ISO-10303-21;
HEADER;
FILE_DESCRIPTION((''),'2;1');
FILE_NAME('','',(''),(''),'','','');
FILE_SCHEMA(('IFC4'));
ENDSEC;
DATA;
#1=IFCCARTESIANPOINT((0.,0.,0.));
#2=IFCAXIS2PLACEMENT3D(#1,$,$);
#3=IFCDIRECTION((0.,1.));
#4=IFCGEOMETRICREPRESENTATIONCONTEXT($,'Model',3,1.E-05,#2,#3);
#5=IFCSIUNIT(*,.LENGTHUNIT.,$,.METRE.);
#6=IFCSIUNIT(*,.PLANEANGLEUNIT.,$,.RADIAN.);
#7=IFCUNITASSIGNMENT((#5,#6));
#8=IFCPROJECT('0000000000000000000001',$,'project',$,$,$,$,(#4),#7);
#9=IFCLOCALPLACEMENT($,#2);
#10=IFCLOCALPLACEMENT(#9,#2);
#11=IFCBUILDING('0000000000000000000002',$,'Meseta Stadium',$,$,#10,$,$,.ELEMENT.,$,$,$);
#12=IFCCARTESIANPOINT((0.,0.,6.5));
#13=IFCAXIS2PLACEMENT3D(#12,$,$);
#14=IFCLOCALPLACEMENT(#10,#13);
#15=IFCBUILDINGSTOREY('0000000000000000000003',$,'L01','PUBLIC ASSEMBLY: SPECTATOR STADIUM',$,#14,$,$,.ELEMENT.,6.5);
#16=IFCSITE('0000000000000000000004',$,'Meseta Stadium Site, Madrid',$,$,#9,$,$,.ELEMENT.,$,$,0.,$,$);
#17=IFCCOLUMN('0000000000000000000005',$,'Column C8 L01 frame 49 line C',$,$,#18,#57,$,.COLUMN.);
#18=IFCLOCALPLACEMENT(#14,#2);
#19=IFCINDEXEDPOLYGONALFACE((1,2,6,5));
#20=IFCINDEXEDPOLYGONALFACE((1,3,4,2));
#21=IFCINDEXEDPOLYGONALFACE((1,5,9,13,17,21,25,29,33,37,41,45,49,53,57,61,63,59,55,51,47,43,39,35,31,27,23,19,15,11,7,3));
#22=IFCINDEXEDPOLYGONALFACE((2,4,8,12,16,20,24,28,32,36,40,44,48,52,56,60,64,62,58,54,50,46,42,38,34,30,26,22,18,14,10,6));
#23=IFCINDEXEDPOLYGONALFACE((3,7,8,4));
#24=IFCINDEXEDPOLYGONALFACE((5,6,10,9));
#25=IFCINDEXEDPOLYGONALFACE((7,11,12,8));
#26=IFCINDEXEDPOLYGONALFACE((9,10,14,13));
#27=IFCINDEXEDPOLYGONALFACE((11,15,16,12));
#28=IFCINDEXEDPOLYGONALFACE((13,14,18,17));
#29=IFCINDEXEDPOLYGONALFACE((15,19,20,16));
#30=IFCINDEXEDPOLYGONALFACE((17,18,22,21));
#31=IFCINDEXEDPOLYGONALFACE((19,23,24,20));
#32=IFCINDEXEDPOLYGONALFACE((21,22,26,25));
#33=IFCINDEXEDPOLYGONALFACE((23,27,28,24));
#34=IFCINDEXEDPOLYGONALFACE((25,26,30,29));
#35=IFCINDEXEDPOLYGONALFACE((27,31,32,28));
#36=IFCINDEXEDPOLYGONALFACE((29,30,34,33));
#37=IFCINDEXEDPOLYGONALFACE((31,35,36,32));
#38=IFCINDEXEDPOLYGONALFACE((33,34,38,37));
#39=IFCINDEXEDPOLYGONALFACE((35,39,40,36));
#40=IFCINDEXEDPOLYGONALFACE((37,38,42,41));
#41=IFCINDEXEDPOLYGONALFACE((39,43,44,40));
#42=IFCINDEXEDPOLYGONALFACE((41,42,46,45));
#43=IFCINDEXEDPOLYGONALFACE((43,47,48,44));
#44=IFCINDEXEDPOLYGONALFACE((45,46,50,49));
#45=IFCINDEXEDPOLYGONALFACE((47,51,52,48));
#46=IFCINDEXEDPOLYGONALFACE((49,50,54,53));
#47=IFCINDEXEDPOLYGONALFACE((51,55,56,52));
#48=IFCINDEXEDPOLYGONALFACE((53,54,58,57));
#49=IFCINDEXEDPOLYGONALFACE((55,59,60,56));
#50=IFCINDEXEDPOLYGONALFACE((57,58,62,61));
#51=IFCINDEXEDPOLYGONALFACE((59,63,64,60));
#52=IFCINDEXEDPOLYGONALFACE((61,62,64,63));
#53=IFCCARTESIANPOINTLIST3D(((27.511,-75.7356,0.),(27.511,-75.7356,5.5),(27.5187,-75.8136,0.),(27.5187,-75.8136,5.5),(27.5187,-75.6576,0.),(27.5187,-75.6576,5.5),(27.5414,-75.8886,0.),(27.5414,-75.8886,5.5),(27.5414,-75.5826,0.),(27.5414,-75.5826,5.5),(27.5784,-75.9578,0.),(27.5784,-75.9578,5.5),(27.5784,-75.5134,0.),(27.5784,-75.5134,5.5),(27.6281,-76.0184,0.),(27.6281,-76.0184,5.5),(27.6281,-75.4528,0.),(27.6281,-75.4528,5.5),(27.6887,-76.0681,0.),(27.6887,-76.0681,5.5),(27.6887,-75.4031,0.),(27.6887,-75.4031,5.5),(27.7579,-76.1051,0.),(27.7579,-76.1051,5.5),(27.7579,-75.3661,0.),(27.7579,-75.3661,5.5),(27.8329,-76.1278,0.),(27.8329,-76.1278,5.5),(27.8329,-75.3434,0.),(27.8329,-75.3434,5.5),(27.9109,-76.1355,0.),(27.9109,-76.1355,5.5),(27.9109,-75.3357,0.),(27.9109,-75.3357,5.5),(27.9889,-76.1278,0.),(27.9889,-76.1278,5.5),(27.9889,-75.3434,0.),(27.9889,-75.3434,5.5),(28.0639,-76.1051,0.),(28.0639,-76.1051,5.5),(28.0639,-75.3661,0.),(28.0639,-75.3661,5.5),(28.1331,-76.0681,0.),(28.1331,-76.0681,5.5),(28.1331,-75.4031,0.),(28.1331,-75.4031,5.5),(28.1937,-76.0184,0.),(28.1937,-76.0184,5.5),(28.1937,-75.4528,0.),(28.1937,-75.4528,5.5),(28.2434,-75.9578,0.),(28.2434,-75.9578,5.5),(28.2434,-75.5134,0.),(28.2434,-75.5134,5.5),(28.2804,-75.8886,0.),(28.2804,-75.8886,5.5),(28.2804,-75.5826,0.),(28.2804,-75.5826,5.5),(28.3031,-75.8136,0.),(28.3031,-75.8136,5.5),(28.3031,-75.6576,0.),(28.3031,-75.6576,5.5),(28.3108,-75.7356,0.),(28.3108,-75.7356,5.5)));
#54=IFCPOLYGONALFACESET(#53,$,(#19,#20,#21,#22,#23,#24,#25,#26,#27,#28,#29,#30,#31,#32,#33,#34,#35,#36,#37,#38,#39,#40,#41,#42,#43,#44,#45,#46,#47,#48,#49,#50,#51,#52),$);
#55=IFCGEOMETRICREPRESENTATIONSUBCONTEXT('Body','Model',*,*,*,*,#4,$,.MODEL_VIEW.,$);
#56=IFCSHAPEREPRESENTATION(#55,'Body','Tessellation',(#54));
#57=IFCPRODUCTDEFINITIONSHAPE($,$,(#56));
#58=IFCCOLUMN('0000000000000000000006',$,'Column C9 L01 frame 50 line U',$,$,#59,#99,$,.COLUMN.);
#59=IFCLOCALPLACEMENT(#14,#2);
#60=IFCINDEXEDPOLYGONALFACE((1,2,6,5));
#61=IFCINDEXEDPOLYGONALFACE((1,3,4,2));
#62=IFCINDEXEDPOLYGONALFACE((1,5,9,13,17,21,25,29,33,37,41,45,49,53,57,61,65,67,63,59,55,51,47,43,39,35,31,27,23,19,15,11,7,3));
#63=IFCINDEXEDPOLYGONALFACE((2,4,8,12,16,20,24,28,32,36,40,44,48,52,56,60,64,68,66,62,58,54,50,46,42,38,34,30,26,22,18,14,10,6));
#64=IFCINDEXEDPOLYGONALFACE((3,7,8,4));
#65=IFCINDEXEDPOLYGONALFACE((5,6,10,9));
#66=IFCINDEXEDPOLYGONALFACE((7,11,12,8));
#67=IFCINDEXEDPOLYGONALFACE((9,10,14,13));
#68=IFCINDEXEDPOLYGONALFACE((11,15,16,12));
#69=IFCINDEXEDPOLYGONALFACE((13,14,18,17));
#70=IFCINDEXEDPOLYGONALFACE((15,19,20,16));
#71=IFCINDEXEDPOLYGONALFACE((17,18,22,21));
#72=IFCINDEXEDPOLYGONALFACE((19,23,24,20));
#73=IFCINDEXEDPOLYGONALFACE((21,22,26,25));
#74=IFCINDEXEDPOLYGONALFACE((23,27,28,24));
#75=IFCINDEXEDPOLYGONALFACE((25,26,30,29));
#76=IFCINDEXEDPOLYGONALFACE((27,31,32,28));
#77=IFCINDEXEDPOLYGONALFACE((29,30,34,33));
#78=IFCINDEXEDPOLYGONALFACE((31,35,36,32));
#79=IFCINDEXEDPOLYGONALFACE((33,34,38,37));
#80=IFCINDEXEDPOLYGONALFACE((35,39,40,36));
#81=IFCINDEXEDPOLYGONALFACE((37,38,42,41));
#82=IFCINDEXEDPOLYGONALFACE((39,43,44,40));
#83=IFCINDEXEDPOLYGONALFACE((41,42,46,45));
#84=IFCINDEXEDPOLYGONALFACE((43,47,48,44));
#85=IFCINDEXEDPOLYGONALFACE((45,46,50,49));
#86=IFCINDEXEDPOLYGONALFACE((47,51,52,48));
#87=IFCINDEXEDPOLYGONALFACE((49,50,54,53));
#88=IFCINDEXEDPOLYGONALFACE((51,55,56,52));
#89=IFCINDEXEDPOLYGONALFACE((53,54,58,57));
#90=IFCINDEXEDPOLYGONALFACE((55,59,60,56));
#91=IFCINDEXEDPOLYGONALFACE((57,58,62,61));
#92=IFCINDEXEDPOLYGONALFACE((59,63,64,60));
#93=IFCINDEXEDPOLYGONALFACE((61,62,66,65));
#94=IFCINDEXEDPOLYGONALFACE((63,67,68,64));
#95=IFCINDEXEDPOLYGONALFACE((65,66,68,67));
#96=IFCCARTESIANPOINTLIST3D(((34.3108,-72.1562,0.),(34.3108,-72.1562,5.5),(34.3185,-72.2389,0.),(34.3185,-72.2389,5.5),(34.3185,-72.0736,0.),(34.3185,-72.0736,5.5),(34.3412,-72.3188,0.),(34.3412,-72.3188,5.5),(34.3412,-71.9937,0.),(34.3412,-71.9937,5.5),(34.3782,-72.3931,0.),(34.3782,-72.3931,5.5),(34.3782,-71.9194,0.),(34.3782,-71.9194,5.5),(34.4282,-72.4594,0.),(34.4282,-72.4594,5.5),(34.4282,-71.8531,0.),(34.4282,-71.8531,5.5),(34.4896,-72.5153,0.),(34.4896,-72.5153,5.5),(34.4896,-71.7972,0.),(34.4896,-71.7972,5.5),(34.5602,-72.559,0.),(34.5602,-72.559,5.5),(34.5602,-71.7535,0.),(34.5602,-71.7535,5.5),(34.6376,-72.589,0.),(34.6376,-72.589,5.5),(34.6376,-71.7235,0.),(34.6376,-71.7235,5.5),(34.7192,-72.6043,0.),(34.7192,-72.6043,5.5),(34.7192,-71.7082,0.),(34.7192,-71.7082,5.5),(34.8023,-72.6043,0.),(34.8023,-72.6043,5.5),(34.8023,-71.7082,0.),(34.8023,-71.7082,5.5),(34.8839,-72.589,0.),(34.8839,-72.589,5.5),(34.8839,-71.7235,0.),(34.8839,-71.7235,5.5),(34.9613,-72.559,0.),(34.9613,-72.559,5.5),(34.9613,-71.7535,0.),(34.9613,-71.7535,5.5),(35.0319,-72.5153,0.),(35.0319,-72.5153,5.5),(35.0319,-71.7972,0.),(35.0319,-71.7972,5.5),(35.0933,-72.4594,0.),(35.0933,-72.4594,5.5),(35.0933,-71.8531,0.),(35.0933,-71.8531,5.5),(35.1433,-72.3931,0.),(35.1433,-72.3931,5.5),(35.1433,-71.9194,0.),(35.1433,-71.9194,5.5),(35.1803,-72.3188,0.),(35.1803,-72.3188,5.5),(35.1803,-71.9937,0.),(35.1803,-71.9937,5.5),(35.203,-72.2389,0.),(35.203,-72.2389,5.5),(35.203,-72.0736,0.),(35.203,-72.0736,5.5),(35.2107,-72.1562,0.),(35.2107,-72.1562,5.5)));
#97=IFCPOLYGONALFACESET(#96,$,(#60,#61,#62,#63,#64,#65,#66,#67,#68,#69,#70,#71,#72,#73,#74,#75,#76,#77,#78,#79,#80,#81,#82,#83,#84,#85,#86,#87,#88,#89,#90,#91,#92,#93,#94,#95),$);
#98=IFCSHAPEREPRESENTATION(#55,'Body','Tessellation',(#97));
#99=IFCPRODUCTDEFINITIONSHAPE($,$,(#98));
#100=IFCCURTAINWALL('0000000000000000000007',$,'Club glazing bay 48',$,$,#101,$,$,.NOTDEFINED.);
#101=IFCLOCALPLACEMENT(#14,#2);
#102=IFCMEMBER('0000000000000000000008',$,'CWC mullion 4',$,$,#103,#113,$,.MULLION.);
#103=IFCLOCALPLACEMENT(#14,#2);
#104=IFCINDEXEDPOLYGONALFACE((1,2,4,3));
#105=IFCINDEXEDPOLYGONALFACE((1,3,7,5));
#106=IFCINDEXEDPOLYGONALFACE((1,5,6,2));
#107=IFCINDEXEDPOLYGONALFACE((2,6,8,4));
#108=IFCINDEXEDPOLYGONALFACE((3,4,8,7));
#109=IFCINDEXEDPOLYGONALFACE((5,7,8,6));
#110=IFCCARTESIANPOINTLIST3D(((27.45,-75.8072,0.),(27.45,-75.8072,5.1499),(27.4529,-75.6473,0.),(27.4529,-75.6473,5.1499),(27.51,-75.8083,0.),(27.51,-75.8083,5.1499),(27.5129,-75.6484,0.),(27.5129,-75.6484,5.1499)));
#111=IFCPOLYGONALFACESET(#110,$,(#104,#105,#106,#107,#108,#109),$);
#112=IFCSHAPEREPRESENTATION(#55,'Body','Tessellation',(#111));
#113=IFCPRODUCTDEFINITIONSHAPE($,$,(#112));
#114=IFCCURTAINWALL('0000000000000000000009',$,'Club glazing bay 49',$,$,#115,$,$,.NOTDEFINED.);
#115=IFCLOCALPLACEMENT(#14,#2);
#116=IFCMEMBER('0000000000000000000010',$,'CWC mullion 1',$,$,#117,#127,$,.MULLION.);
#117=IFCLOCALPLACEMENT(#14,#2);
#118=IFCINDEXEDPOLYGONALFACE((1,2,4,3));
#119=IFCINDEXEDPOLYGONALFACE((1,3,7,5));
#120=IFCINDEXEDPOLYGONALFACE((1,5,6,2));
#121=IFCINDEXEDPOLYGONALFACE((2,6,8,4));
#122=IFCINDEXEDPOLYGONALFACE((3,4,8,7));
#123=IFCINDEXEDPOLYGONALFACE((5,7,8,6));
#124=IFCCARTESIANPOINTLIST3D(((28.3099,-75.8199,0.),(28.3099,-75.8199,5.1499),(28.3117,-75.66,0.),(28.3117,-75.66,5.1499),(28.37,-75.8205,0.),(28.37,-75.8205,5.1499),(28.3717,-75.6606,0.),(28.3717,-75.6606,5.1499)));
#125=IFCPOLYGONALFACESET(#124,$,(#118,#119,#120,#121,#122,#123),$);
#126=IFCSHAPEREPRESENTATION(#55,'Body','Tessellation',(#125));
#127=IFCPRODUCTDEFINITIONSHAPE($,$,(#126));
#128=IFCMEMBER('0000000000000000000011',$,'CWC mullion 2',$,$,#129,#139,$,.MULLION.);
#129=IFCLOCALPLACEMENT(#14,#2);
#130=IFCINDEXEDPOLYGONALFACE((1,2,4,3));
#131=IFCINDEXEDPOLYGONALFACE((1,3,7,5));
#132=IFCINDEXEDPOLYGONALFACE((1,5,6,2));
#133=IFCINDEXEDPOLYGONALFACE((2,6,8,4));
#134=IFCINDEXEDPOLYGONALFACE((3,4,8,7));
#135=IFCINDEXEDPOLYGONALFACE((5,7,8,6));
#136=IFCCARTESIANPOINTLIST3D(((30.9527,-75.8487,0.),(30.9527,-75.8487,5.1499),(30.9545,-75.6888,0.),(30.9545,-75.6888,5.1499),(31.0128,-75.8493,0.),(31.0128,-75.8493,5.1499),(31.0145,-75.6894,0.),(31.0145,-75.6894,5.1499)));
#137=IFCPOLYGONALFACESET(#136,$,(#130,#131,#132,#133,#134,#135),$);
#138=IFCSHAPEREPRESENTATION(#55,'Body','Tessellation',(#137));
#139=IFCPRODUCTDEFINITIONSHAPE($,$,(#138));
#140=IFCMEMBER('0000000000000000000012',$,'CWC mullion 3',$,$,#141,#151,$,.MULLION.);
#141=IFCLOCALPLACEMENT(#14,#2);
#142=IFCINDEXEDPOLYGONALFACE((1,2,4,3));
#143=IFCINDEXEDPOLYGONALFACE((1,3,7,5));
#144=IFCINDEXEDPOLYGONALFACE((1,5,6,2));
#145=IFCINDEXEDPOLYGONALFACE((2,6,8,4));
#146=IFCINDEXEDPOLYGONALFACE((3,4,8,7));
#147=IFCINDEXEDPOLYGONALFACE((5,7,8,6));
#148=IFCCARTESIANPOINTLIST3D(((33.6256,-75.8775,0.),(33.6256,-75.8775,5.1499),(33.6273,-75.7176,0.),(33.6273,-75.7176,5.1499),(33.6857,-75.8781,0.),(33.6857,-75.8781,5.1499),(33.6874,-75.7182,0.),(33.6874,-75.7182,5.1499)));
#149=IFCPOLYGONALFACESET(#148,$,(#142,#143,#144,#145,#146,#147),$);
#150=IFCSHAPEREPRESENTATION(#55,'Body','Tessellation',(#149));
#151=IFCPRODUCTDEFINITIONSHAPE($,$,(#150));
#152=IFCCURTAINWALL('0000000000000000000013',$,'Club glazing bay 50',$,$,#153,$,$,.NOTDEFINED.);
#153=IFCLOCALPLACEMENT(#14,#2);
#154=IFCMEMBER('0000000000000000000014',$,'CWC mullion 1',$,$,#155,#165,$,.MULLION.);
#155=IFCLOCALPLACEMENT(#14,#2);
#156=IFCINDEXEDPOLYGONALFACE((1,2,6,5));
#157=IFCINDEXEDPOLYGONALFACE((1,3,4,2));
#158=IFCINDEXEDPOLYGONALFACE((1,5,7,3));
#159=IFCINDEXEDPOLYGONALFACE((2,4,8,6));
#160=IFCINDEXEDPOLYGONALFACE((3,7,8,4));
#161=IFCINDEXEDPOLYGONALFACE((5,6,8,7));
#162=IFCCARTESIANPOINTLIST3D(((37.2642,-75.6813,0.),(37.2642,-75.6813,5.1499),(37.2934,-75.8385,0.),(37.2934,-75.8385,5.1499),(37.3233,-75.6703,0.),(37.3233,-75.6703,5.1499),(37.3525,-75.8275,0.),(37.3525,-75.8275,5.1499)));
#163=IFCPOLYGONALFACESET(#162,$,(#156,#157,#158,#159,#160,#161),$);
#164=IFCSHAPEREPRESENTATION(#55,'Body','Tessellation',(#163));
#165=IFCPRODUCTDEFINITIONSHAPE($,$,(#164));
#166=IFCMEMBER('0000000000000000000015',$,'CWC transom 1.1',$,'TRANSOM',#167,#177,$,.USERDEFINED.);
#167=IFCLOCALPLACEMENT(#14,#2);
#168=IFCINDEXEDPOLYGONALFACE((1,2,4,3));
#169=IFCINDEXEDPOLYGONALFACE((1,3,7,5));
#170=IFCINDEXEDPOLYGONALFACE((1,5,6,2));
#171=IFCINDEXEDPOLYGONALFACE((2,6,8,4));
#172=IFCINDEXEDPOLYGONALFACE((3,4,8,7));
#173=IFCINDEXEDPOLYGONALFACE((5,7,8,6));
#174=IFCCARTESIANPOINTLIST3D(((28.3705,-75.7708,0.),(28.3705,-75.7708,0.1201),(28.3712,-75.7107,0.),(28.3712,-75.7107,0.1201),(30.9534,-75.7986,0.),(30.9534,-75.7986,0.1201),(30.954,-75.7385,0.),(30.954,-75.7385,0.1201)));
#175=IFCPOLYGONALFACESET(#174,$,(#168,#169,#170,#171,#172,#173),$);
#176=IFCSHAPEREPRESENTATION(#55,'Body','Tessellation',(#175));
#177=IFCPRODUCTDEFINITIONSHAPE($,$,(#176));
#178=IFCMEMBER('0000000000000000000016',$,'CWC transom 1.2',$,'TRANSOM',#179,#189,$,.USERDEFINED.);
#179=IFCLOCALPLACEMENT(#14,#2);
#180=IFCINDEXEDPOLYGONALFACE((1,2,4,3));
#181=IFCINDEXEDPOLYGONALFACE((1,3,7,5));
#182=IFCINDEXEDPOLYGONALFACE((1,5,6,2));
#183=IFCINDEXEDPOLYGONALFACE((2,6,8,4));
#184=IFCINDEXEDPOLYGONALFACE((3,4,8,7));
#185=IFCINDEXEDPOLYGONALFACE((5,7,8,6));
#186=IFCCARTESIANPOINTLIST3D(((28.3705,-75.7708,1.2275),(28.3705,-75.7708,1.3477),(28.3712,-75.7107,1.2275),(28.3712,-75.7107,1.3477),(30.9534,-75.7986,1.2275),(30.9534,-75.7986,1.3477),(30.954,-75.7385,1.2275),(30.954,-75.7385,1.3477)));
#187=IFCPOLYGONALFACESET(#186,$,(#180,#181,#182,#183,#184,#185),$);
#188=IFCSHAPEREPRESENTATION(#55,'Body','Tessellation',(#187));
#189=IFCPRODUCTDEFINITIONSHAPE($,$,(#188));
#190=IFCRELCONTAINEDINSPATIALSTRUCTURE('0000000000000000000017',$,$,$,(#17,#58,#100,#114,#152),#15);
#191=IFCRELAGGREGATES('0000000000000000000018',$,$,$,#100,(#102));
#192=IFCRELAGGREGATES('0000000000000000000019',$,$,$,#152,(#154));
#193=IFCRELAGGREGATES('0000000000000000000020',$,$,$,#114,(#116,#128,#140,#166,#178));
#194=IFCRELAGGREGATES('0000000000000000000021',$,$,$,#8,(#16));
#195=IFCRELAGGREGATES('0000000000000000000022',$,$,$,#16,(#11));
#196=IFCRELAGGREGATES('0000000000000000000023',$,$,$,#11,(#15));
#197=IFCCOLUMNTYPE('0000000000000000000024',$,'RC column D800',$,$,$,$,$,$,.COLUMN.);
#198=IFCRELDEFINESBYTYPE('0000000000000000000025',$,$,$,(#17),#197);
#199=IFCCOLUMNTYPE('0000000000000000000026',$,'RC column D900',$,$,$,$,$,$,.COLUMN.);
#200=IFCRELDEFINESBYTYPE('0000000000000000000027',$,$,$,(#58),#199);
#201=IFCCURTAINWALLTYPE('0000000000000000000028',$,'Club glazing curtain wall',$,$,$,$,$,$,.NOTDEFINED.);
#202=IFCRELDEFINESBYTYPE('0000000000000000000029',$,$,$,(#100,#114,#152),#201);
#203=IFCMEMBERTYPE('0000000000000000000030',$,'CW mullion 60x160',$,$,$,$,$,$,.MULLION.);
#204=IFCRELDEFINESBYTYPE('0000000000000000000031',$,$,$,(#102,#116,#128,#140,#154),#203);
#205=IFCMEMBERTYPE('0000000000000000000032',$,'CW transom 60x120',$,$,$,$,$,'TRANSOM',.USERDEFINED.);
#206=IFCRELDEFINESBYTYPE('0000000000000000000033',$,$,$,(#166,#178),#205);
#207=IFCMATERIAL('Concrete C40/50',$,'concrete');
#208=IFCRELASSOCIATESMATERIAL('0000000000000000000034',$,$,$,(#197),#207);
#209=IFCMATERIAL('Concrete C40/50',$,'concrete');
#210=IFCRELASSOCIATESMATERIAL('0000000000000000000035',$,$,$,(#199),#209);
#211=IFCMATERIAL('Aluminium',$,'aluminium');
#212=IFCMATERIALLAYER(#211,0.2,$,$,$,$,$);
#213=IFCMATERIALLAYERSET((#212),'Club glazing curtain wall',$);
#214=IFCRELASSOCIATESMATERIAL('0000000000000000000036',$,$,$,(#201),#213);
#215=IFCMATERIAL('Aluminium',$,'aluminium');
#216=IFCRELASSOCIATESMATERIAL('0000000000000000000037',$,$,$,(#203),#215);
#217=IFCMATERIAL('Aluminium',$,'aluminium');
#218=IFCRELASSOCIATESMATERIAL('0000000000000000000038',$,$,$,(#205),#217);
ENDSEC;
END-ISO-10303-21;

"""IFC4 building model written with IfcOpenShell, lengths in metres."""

from ifc_helpers import new_model, si_unit, direction, frame, origin, origin_2d, place, context, subcontext, project, spatial, rectangle, circle, extrude, material, layer, layer_set, material_profile, profile_set, type_object, element, aggregate, save


model = new_model("IFC4")

# Units and contexts
model_context = context("Model", 3, precision=1e-05, world=origin(), true_north=direction((0.0, 1.0)))
body_context = subcontext(model_context, "Body", "Model", "MODEL_VIEW")
ifc_project = project(units=[si_unit("LENGTHUNIT", "METRE"), si_unit("PLANEANGLEUNIT", "RADIAN")], contexts=[model_context])

# Site, building, storey
site_placement = place(None, origin())
site = spatial("IfcSite", under=ifc_project, at=site_placement, Name="Meseta Stadium Site, Madrid", CompositionType="ELEMENT", RefElevation=0.0)
building_placement = place(site_placement, origin())
building = spatial("IfcBuilding", under=site, at=building_placement, Name="Meseta Stadium", CompositionType="ELEMENT")
storey_placement = place(building_placement, frame((0.0, 0.0, 6.5)))
storey = spatial("IfcBuildingStorey", under=building, at=storey_placement, Name="L01", Description="PUBLIC ASSEMBLY: SPECTATOR STADIUM", CompositionType="ELEMENT", Elevation=6.5)

# Columns
ifc_material_1 = material(Name="Concrete C40/50", Category="concrete")
ifc_material_profile_1 = material_profile(ifc_material_1, circle(Radius=0.3999, at=origin_2d()), Name="RC D800")
ifc_profile_set_1 = profile_set([ifc_material_profile_1], Name="Concrete C40/50")
column_type_1 = type_object("IfcColumnType", Name="RC column D800", PredefinedType="COLUMN", material=ifc_profile_set_1)
column_1_placement = place(storey_placement, frame((27.9109, -75.7356, 0.0), z_axis=(0.0, 0.0, 1.0), x_axis=(1.0, 0.0, 0.0)))
element("IfcColumn", 1, at=column_1_placement, inside=storey, type_object=column_type_1, Name="Column C8 L01 frame 49 line C", PredefinedType="COLUMN", context=body_context, shape_type="SweptSolid", body=[
    extrude(circle(Radius=0.3999, at=origin_2d()), origin(), (0.0, 0.0, 1.0), 5.5),
])
ifc_material_2 = material(Name="Concrete C40/50", Category="concrete")
ifc_material_profile_2 = material_profile(ifc_material_2, circle(Radius=0.45, at=origin_2d()), Name="RC D900")
ifc_profile_set_2 = profile_set([ifc_material_profile_2], Name="Concrete C40/50")
column_type_2 = type_object("IfcColumnType", Name="RC column D900", PredefinedType="COLUMN", material=ifc_profile_set_2)
column_2_placement = place(storey_placement, frame((34.7607, -72.1562, 0.0), z_axis=(0.0, 0.0, 1.0), x_axis=(1.0, 0.0, 0.0)))
element("IfcColumn", 2, at=column_2_placement, inside=storey, type_object=column_type_2, Name="Column C9 L01 frame 50 line U", PredefinedType="COLUMN", context=body_context, shape_type="SweptSolid", body=[
    extrude(circle(Radius=0.45, at=origin_2d()), origin(), (0.0, 0.0, 1.0), 5.5),
])

# Curtain wall, member
ifc_material_3 = material(Name="Aluminium", Category="aluminium")
ifc_layer_1 = layer(ifc_material_3, 0.2)
ifc_layer_set_1 = layer_set([ifc_layer_1], Name="Club glazing curtain wall")
curtain_wall_type = type_object("IfcCurtainWallType", Name="Club glazing curtain wall", PredefinedType="NOTDEFINED", material=ifc_layer_set_1)
curtain_wall_1_placement = place(storey_placement, origin())
curtain_wall_1 = element("IfcCurtainWall", 3, at=curtain_wall_1_placement, inside=storey, type_object=curtain_wall_type, Name="Club glazing bay 48", PredefinedType="NOTDEFINED")
ifc_material_4 = material(Name="Aluminium", Category="aluminium")
ifc_material_profile_3 = material_profile(ifc_material_4, rectangle(XDim=0.1599, YDim=0.0601, at=origin_2d()), Name="CW 160x60")
ifc_profile_set_3 = profile_set([ifc_material_profile_3], Name="Aluminium")
member_type_1 = type_object("IfcMemberType", Name="CW mullion 60x160", PredefinedType="MULLION", material=ifc_profile_set_3)
member_1_placement = place(storey_placement, frame((27.4814, -75.7278, 0.0), z_axis=(0.0, 0.0, 1.0), x_axis=(0.018384, 0.999831, 0.0)))
member_1 = element("IfcMember", 4, at=member_1_placement, type_object=member_type_1, Name="CWC mullion 4", PredefinedType="MULLION", context=body_context, shape_type="SweptSolid", body=[
    extrude(rectangle(XDim=0.1599, YDim=0.0601, at=origin_2d()), origin(), (0.0, 0.0, 1.0), 5.1499),
])
aggregate(curtain_wall_1, [member_1])

# Curtain wall, members
curtain_wall_2_placement = place(storey_placement, origin())
curtain_wall_2 = element("IfcCurtainWall", 5, at=curtain_wall_2_placement, inside=storey, type_object=curtain_wall_type, Name="Club glazing bay 49", PredefinedType="NOTDEFINED")
member_2_placement = place(storey_placement, frame((28.3408, -75.7402, 0.0), z_axis=(0.0, 0.0, 1.0), x_axis=(0.010843, 0.999941, 0.0)))
member_2 = element("IfcMember", 6, at=member_2_placement, type_object=member_type_1, Name="CWC mullion 1", PredefinedType="MULLION", context=body_context, shape_type="SweptSolid", body=[
    extrude(rectangle(XDim=0.1599, YDim=0.0601, at=origin_2d()), origin(), (0.0, 0.0, 1.0), 5.1499),
])
member_3_placement = place(storey_placement, frame((30.9836, -75.769, 0.0), z_axis=(0.0, 0.0, 1.0), x_axis=(0.010843, 0.999941, 0.0)))
member_3 = element("IfcMember", 7, at=member_3_placement, type_object=member_type_1, Name="CWC mullion 2", PredefinedType="MULLION", context=body_context, shape_type="SweptSolid", body=[
    extrude(rectangle(XDim=0.1599, YDim=0.0601, at=origin_2d()), origin(), (0.0, 0.0, 1.0), 5.1499),
])
member_4_placement = place(storey_placement, frame((33.6565, -75.7979, 0.0), z_axis=(0.0, 0.0, 1.0), x_axis=(0.010843, 0.999941, 0.0)))
member_4 = element("IfcMember", 8, at=member_4_placement, type_object=member_type_1, Name="CWC mullion 3", PredefinedType="MULLION", context=body_context, shape_type="SweptSolid", body=[
    extrude(rectangle(XDim=0.1599, YDim=0.0601, at=origin_2d()), origin(), (0.0, 0.0, 1.0), 5.1499),
])

# Curtain wall, member
curtain_wall_3_placement = place(storey_placement, origin())
curtain_wall_3 = element("IfcCurtainWall", 9, at=curtain_wall_3_placement, inside=storey, type_object=curtain_wall_type, Name="Club glazing bay 50", PredefinedType="NOTDEFINED")
member_5_placement = place(storey_placement, frame((37.3083, -75.7544, 0.0), z_axis=(0.0, 0.0, 1.0), x_axis=(-0.1826, 0.983187, 0.0)))
member_5 = element("IfcMember", 10, at=member_5_placement, type_object=member_type_1, Name="CWC mullion 1", PredefinedType="MULLION", context=body_context, shape_type="SweptSolid", body=[
    extrude(rectangle(XDim=0.1599, YDim=0.0601, at=origin_2d()), origin(), (0.0, 0.0, 1.0), 5.1499),
])

# Members
ifc_material_5 = material(Name="Aluminium", Category="aluminium")
ifc_material_profile_4 = material_profile(ifc_material_5, rectangle(XDim=0.0601, YDim=0.1201, at=origin_2d()), Name="CW 60x120")
ifc_profile_set_4 = profile_set([ifc_material_profile_4], Name="Aluminium")
member_type_2 = type_object("IfcMemberType", Name="CW transom 60x120", ElementType="TRANSOM", PredefinedType="USERDEFINED", material=ifc_profile_set_4)
member_6_placement = place(storey_placement, frame((28.3708, -75.7407, 0.0601), z_axis=(0.999942, -0.010775, 0.0), x_axis=(0.010775, 0.999942, 0.0)))
member_6 = element("IfcMember", 11, at=member_6_placement, type_object=member_type_2, Name="CWC transom 1.1", ObjectType="TRANSOM", PredefinedType="USERDEFINED", context=body_context, shape_type="SweptSolid", body=[
    extrude(rectangle(XDim=0.0601, YDim=0.1201, at=origin_2d()), origin(), (0.0, 0.0, 1.0), 2.583),
])
member_7_placement = place(storey_placement, frame((28.3708, -75.7407, 1.2876), z_axis=(0.999942, -0.010775, 0.0), x_axis=(0.010775, 0.999942, 0.0)))
member_7 = element("IfcMember", 12, at=member_7_placement, type_object=member_type_2, Name="CWC transom 1.2", ObjectType="TRANSOM", PredefinedType="USERDEFINED", context=body_context, shape_type="SweptSolid", body=[
    extrude(rectangle(XDim=0.0601, YDim=0.1201, at=origin_2d()), origin(), (0.0, 0.0, 1.0), 2.583),
])
aggregate(curtain_wall_3, [member_5])

aggregate(curtain_wall_2, [member_2, member_3, member_4, member_6, member_7])

save(model, "model.ifc")
